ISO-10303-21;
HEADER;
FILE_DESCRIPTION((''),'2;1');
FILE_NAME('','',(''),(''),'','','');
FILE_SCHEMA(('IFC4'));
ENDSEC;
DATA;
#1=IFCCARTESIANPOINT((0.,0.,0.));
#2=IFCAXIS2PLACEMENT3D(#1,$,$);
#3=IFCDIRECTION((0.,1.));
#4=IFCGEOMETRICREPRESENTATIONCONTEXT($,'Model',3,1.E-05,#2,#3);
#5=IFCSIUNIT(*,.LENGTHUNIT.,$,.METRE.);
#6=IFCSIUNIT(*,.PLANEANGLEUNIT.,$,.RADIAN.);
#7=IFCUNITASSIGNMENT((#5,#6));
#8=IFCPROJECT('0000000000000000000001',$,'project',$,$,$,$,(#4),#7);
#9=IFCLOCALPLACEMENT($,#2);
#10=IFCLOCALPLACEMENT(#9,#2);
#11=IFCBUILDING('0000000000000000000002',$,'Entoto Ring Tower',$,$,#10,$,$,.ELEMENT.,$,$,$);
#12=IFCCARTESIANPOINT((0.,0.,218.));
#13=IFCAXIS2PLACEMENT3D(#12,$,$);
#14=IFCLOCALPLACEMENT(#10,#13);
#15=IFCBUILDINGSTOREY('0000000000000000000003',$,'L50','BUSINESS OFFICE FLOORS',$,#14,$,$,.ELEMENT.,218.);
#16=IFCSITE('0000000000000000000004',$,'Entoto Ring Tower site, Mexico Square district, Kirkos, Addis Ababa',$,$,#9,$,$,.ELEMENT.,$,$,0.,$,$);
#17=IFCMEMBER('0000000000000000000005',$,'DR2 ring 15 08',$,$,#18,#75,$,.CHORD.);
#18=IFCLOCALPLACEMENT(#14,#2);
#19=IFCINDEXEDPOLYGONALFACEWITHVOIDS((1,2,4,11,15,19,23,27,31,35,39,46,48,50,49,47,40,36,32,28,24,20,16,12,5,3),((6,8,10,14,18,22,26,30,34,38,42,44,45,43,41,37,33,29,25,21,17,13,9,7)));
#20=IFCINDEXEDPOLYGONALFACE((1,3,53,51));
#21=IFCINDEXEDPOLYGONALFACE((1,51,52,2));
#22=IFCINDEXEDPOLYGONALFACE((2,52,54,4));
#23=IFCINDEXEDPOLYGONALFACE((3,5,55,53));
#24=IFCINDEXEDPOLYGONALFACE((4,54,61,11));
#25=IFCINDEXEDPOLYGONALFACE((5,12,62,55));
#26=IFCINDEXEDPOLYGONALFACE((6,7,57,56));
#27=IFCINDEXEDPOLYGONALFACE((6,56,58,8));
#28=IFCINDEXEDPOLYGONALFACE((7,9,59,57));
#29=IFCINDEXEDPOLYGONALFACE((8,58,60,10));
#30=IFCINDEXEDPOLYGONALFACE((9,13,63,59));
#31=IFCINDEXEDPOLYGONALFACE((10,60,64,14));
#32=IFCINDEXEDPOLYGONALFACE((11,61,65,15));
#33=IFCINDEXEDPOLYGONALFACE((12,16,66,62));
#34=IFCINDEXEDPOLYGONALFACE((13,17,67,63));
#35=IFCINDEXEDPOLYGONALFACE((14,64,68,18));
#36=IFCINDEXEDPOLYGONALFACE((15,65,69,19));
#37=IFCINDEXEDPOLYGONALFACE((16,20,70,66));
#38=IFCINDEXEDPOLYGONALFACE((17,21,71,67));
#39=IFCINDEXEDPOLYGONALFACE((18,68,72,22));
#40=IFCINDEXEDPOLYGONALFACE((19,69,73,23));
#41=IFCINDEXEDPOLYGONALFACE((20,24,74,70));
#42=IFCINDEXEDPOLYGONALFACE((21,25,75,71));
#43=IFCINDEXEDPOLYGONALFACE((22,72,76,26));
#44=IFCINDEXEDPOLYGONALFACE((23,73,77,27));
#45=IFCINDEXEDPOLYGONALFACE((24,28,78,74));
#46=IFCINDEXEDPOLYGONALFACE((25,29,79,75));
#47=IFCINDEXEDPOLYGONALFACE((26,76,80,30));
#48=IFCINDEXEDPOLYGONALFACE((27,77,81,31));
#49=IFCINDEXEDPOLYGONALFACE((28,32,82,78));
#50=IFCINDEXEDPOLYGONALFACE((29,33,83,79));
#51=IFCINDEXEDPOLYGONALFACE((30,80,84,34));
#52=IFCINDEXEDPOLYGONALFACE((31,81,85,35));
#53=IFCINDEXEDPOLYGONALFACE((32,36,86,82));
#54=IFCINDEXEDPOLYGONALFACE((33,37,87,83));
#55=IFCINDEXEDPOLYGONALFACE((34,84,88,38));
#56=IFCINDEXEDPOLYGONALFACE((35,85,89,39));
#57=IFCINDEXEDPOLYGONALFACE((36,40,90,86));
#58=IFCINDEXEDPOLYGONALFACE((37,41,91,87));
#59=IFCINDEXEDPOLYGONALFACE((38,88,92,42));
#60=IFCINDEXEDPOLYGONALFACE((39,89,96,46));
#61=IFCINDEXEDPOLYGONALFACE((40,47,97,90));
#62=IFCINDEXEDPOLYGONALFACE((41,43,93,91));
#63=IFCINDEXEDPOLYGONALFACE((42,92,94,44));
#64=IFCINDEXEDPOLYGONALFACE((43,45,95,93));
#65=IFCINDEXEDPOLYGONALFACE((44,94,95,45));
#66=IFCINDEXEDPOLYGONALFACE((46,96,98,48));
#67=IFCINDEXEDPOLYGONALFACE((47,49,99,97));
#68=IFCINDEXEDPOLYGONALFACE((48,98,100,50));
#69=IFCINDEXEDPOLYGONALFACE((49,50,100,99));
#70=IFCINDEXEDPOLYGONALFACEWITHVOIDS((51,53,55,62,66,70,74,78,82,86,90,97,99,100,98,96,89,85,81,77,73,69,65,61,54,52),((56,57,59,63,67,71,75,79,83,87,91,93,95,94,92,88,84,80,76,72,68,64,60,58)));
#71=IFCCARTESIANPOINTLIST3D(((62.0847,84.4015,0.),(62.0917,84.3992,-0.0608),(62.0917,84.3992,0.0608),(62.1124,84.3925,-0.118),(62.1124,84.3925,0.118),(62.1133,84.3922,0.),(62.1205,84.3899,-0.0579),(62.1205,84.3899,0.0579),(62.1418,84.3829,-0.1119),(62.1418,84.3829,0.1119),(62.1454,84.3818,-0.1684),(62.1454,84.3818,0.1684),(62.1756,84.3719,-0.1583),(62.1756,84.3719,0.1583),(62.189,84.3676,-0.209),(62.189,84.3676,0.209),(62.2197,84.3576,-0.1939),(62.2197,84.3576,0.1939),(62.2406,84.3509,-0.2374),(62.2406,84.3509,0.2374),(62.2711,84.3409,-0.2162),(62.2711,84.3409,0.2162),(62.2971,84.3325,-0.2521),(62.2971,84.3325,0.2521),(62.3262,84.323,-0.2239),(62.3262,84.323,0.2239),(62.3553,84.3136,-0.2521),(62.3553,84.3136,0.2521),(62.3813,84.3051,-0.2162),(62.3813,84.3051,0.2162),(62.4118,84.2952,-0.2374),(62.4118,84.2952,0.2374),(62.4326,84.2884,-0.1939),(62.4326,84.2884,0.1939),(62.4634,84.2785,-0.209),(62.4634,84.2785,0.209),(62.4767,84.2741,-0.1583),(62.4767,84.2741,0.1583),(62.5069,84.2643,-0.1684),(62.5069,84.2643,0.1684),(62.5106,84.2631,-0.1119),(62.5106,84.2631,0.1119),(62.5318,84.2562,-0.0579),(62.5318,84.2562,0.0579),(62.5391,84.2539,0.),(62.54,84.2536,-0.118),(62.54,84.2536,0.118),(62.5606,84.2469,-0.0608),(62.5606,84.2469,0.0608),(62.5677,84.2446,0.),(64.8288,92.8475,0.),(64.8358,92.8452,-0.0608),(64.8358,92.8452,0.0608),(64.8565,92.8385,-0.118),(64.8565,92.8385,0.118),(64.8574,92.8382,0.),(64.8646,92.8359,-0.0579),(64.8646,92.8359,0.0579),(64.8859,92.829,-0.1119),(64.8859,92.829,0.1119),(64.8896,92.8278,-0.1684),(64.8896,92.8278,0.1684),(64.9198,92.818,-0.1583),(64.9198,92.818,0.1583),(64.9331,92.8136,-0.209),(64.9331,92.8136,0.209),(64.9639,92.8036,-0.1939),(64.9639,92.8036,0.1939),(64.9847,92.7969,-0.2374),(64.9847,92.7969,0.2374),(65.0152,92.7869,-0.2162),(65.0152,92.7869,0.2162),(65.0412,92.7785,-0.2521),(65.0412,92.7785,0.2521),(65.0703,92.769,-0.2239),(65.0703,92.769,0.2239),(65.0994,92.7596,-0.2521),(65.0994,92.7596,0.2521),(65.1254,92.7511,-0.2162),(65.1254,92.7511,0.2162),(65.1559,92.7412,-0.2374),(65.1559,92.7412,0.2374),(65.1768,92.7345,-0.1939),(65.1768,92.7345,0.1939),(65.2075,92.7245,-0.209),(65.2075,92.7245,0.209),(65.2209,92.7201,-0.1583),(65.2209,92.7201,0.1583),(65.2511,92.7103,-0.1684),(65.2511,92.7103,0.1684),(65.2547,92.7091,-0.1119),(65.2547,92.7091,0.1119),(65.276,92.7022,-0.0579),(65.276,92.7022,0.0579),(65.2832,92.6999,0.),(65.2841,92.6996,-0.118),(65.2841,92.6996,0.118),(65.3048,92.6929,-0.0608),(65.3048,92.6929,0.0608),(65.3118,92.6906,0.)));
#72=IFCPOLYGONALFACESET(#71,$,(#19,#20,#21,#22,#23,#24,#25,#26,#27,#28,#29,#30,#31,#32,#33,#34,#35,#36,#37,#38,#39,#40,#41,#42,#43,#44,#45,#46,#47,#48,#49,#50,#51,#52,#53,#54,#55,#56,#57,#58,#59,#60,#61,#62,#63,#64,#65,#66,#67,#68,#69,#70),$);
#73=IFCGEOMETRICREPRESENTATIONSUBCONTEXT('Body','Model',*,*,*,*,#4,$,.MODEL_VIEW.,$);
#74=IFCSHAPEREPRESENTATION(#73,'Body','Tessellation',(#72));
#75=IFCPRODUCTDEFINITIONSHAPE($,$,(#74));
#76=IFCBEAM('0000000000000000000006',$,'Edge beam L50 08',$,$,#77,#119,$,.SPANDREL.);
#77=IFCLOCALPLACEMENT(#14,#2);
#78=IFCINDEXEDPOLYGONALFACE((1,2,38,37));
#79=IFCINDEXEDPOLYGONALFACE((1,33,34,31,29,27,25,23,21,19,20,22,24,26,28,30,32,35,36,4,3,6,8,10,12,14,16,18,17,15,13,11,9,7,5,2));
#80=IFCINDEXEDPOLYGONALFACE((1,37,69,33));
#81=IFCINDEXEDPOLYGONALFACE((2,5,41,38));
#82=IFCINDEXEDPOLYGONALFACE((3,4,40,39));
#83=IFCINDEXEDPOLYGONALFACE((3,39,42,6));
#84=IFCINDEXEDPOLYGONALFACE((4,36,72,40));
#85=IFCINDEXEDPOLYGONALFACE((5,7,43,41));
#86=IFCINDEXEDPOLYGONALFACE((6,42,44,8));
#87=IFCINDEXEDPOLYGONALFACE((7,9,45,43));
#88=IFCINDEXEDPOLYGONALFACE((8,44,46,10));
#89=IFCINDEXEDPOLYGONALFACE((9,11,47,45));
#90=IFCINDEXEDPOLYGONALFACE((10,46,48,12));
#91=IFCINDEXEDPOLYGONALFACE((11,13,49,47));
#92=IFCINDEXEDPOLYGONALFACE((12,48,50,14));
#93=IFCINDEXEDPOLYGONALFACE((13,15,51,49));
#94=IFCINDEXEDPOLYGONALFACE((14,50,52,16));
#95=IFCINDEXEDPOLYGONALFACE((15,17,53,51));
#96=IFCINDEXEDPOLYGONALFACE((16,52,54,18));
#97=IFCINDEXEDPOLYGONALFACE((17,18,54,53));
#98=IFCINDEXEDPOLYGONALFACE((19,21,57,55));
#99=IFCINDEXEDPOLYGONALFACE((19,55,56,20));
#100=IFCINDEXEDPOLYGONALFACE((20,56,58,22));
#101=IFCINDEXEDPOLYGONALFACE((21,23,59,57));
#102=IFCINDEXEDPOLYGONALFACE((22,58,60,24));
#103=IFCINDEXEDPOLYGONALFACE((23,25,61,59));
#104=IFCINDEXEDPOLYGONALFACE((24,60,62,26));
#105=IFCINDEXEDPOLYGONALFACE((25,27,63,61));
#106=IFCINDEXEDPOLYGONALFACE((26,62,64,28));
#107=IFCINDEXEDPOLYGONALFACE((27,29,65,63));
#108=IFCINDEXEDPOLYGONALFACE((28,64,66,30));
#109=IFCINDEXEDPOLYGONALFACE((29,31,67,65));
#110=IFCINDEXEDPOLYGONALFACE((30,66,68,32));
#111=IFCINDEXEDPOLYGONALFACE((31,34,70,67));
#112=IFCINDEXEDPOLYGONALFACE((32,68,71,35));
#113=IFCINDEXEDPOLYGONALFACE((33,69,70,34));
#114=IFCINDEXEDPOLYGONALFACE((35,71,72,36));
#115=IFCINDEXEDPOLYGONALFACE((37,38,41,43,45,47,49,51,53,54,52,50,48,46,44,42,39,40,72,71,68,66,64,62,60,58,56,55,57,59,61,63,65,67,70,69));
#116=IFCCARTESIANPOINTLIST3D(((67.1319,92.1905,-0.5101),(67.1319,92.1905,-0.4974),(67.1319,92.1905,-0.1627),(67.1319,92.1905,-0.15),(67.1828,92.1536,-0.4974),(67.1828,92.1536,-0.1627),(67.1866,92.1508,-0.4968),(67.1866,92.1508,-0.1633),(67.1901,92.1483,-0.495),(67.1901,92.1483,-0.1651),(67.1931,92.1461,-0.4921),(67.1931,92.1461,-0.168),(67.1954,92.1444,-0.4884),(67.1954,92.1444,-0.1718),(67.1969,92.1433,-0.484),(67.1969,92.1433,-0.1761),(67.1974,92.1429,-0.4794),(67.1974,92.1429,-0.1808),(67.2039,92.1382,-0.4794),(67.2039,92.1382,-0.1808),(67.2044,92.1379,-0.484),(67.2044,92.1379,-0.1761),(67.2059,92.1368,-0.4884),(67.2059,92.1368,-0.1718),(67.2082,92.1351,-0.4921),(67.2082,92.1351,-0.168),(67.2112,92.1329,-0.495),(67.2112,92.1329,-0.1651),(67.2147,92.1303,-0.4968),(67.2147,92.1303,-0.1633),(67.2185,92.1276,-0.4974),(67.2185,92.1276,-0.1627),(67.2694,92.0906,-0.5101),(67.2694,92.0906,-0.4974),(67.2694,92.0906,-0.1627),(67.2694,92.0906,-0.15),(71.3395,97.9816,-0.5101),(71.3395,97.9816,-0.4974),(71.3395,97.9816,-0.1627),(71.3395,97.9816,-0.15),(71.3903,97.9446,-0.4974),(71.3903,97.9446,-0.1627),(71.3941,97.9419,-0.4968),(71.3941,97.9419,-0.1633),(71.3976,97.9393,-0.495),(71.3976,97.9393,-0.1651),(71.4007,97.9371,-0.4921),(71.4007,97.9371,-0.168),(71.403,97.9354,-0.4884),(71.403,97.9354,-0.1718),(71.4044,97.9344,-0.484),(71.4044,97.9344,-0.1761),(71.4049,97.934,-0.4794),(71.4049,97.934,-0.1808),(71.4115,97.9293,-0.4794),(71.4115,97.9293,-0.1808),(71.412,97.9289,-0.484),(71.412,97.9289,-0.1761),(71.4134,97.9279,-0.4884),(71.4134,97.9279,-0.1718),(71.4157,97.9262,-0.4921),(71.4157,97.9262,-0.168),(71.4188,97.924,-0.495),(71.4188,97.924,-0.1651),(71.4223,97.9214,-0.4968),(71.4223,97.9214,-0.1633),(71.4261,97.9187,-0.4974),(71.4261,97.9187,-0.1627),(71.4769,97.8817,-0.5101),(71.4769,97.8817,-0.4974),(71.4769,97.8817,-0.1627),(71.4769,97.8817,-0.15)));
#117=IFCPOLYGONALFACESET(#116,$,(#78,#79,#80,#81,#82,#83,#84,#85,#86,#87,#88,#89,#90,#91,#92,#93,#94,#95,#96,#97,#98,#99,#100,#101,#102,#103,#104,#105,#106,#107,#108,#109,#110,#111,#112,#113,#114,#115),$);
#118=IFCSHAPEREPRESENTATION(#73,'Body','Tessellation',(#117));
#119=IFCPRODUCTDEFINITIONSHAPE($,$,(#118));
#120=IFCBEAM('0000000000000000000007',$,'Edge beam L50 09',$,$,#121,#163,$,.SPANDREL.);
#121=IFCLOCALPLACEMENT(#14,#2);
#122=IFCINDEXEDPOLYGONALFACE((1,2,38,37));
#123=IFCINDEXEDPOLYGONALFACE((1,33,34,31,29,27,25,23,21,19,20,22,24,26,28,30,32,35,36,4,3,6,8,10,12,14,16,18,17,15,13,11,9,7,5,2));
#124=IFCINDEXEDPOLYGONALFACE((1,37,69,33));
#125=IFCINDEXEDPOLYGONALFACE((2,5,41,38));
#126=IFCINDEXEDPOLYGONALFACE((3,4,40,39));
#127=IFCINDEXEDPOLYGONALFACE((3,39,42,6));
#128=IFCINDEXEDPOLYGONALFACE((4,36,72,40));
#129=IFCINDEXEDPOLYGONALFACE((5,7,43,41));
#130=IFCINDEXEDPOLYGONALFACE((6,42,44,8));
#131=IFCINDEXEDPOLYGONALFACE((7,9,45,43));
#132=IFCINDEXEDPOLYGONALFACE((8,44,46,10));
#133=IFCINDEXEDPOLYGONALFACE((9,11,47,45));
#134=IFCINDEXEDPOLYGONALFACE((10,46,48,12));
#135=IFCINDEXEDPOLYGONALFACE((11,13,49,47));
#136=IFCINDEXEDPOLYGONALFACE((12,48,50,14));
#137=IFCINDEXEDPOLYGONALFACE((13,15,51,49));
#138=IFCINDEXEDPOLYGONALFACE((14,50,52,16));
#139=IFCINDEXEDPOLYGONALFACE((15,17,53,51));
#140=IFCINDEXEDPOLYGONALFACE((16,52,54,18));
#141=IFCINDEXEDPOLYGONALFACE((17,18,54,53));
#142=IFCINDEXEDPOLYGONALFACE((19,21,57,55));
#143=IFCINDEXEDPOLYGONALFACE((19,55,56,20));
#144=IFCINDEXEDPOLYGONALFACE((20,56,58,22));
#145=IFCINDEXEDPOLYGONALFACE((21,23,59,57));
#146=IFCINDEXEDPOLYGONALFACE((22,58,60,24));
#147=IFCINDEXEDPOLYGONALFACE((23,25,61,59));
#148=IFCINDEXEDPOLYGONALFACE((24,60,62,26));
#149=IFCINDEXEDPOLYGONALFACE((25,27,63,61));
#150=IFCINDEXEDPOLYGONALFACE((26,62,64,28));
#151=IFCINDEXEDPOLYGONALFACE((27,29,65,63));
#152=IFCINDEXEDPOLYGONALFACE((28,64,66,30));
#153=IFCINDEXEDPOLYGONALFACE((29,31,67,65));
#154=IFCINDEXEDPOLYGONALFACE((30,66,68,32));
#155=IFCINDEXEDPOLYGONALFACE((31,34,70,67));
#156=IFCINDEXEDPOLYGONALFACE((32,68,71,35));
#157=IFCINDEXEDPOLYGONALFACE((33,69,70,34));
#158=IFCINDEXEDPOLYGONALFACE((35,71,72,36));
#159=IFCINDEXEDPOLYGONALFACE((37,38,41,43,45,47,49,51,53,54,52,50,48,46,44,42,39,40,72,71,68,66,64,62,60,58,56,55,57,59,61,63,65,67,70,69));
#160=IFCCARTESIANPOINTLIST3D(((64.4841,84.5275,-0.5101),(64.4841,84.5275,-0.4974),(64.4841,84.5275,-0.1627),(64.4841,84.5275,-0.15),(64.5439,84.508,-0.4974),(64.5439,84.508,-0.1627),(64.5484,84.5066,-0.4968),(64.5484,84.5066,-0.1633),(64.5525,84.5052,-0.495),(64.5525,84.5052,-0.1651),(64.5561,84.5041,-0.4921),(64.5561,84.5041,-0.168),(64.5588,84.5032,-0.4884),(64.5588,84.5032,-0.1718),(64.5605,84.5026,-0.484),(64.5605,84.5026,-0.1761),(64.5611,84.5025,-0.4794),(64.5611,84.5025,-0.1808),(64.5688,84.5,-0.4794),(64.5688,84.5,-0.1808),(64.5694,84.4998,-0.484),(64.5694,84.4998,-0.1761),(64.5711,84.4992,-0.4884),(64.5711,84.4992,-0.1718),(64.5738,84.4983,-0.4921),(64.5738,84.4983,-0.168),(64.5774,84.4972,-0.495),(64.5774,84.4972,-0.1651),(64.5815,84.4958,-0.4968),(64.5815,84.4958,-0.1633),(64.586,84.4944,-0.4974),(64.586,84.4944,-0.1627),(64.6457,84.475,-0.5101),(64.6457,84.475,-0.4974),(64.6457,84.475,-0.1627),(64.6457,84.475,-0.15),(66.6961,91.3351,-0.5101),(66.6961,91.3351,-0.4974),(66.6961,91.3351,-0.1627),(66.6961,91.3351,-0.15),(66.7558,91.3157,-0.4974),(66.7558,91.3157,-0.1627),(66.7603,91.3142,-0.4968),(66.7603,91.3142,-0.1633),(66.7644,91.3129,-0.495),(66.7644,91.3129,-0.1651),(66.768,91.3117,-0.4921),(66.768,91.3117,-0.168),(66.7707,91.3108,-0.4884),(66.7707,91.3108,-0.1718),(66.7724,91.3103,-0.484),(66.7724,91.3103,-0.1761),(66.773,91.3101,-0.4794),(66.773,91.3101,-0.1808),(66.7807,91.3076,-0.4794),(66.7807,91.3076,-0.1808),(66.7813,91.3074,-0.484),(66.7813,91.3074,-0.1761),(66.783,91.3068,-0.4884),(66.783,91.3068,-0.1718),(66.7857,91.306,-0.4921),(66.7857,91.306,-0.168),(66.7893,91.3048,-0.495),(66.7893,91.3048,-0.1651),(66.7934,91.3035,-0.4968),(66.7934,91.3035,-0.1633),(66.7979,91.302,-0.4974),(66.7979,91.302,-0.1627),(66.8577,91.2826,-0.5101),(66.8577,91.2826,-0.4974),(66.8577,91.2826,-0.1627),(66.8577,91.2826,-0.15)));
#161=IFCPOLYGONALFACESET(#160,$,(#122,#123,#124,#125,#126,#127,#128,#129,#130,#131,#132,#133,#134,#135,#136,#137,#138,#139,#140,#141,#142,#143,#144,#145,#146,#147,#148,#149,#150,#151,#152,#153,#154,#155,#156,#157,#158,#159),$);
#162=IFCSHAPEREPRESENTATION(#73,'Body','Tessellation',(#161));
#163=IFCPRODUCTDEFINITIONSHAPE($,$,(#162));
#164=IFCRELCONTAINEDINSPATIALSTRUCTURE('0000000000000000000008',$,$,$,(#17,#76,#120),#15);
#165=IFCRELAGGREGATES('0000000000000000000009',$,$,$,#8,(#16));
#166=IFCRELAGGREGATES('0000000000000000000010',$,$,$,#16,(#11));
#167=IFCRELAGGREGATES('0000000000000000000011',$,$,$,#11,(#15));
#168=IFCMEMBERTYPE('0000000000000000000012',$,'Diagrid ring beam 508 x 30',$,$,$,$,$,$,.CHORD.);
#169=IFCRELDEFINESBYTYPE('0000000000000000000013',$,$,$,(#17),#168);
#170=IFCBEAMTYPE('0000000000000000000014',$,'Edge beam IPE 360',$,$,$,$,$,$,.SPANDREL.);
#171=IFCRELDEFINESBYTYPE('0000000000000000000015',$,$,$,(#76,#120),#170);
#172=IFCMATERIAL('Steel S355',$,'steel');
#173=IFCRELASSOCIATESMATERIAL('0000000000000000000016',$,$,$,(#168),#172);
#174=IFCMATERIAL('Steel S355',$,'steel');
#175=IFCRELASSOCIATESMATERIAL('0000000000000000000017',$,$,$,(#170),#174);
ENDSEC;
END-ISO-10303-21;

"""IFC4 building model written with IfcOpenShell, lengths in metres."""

from ifc_helpers import new_model, si_unit, direction, frame, origin, origin_2d, place, context, subcontext, project, spatial, circle, hollow_circle, i_section, extrude, material, material_profile, profile_set, type_object, element, save


model = new_model("IFC4")

# Units and contexts
model_context = context("Model", 3, precision=1e-05, world=origin(), true_north=direction((0.0, 1.0)))
body_context = subcontext(model_context, "Body", "Model", "MODEL_VIEW")
ifc_project = project(units=[si_unit("LENGTHUNIT", "METRE"), si_unit("PLANEANGLEUNIT", "RADIAN")], contexts=[model_context])

# Site, building, storey
site_placement = place(None, origin())
site = spatial("IfcSite", under=ifc_project, at=site_placement, Name="Entoto Ring Tower site, Mexico Square district, Kirkos, Addis Ababa", CompositionType="ELEMENT", RefElevation=0.0)
building_placement = place(site_placement, origin())
building = spatial("IfcBuilding", under=site, at=building_placement, Name="Entoto Ring Tower", CompositionType="ELEMENT")
storey_placement = place(building_placement, frame((0.0, 0.0, 218.0)))
storey = spatial("IfcBuildingStorey", under=building, at=storey_placement, Name="L50", Description="BUSINESS OFFICE FLOORS", CompositionType="ELEMENT", Elevation=218.0)

# Member
ifc_material_1 = material(Name="Steel S355", Category="steel")
ifc_material_profile_1 = material_profile(ifc_material_1, hollow_circle(Radius=0.2539, WallThickness=0.03, at=origin_2d()), Name="CHS 508 x 30")
ifc_material_2 = material(Name="Concrete C60/75", Category="concrete")
ifc_material_profile_2 = material_profile(ifc_material_2, circle(Radius=0.2241, at=origin_2d()), Name="Concrete C60/75 infill")
ifc_profile_set_1 = profile_set([ifc_material_profile_1, ifc_material_profile_2], Name="Steel S355")
member_type_1 = type_object("IfcMemberType", Name="Diagrid ring beam 508 x 30", PredefinedType="CHORD", material=ifc_profile_set_1)
for number, where, z_axis, x_axis, name in (
    (1, (65.0703, 92.769, 0.0), (-0.309002, -0.951061, 0.0), (0.951061, -0.309002, 0.0), "DR2 ring 15 08"),
):
    element("IfcMember", number, at=place(storey_placement, frame(where, z_axis=z_axis, x_axis=x_axis)), inside=storey, type_object=member_type_1, Name=name, PredefinedType="CHORD", context=body_context, shape_type="SweptSolid", body=[
        extrude(hollow_circle(Radius=0.2539, WallThickness=0.03, at=origin_2d()), origin(), (0.0, 0.0, 1.0), 8.8806),
    ])

# Beams
ifc_material_3 = material(Name="Steel S355", Category="steel")
ifc_material_profile_3 = material_profile(ifc_material_3, i_section(OverallWidth=0.1699, OverallDepth=0.3601, WebThickness=0.0081, FlangeThickness=0.0127, FilletRadius=0.0181, at=origin_2d()), Name="IPE 360")
ifc_profile_set_2 = profile_set([ifc_material_profile_3], Name="Steel S355")
beam_type = type_object("IfcBeamType", Name="Edge beam IPE 360", PredefinedType="SPANDREL", material=ifc_profile_set_2)
beam_1_placement = place(storey_placement, frame((71.4082, 97.9316, -0.3301), z_axis=(-0.587794, -0.80901, 0.0), x_axis=(0.80901, -0.587794, 0.0)))
element("IfcBeam", 2, at=beam_1_placement, inside=storey, type_object=beam_type, Name="Edge beam L50 08", PredefinedType="SPANDREL", context=body_context, shape_type="SweptSolid", body=[
    extrude(i_section(OverallWidth=0.1699, OverallDepth=0.3601, WebThickness=0.0081, FlangeThickness=0.0127, FilletRadius=0.0181, at=origin_2d()), origin(), (0.0, 0.0, 1.0), 7.1582),
])
beam_2_placement = place(storey_placement, frame((66.7769, 91.3088, -0.3301), z_axis=(-0.309015, -0.951057, 0.0), x_axis=(0.951057, -0.309015, 0.0)))
element("IfcBeam", 3, at=beam_2_placement, inside=storey, type_object=beam_type, Name="Edge beam L50 09", PredefinedType="SPANDREL", context=body_context, shape_type="SweptSolid", body=[
    extrude(i_section(OverallWidth=0.1699, OverallDepth=0.3601, WebThickness=0.0081, FlangeThickness=0.0127, FilletRadius=0.0181, at=origin_2d()), origin(), (0.0, 0.0, 1.0), 7.158),
])

save(model, "model.ifc")
